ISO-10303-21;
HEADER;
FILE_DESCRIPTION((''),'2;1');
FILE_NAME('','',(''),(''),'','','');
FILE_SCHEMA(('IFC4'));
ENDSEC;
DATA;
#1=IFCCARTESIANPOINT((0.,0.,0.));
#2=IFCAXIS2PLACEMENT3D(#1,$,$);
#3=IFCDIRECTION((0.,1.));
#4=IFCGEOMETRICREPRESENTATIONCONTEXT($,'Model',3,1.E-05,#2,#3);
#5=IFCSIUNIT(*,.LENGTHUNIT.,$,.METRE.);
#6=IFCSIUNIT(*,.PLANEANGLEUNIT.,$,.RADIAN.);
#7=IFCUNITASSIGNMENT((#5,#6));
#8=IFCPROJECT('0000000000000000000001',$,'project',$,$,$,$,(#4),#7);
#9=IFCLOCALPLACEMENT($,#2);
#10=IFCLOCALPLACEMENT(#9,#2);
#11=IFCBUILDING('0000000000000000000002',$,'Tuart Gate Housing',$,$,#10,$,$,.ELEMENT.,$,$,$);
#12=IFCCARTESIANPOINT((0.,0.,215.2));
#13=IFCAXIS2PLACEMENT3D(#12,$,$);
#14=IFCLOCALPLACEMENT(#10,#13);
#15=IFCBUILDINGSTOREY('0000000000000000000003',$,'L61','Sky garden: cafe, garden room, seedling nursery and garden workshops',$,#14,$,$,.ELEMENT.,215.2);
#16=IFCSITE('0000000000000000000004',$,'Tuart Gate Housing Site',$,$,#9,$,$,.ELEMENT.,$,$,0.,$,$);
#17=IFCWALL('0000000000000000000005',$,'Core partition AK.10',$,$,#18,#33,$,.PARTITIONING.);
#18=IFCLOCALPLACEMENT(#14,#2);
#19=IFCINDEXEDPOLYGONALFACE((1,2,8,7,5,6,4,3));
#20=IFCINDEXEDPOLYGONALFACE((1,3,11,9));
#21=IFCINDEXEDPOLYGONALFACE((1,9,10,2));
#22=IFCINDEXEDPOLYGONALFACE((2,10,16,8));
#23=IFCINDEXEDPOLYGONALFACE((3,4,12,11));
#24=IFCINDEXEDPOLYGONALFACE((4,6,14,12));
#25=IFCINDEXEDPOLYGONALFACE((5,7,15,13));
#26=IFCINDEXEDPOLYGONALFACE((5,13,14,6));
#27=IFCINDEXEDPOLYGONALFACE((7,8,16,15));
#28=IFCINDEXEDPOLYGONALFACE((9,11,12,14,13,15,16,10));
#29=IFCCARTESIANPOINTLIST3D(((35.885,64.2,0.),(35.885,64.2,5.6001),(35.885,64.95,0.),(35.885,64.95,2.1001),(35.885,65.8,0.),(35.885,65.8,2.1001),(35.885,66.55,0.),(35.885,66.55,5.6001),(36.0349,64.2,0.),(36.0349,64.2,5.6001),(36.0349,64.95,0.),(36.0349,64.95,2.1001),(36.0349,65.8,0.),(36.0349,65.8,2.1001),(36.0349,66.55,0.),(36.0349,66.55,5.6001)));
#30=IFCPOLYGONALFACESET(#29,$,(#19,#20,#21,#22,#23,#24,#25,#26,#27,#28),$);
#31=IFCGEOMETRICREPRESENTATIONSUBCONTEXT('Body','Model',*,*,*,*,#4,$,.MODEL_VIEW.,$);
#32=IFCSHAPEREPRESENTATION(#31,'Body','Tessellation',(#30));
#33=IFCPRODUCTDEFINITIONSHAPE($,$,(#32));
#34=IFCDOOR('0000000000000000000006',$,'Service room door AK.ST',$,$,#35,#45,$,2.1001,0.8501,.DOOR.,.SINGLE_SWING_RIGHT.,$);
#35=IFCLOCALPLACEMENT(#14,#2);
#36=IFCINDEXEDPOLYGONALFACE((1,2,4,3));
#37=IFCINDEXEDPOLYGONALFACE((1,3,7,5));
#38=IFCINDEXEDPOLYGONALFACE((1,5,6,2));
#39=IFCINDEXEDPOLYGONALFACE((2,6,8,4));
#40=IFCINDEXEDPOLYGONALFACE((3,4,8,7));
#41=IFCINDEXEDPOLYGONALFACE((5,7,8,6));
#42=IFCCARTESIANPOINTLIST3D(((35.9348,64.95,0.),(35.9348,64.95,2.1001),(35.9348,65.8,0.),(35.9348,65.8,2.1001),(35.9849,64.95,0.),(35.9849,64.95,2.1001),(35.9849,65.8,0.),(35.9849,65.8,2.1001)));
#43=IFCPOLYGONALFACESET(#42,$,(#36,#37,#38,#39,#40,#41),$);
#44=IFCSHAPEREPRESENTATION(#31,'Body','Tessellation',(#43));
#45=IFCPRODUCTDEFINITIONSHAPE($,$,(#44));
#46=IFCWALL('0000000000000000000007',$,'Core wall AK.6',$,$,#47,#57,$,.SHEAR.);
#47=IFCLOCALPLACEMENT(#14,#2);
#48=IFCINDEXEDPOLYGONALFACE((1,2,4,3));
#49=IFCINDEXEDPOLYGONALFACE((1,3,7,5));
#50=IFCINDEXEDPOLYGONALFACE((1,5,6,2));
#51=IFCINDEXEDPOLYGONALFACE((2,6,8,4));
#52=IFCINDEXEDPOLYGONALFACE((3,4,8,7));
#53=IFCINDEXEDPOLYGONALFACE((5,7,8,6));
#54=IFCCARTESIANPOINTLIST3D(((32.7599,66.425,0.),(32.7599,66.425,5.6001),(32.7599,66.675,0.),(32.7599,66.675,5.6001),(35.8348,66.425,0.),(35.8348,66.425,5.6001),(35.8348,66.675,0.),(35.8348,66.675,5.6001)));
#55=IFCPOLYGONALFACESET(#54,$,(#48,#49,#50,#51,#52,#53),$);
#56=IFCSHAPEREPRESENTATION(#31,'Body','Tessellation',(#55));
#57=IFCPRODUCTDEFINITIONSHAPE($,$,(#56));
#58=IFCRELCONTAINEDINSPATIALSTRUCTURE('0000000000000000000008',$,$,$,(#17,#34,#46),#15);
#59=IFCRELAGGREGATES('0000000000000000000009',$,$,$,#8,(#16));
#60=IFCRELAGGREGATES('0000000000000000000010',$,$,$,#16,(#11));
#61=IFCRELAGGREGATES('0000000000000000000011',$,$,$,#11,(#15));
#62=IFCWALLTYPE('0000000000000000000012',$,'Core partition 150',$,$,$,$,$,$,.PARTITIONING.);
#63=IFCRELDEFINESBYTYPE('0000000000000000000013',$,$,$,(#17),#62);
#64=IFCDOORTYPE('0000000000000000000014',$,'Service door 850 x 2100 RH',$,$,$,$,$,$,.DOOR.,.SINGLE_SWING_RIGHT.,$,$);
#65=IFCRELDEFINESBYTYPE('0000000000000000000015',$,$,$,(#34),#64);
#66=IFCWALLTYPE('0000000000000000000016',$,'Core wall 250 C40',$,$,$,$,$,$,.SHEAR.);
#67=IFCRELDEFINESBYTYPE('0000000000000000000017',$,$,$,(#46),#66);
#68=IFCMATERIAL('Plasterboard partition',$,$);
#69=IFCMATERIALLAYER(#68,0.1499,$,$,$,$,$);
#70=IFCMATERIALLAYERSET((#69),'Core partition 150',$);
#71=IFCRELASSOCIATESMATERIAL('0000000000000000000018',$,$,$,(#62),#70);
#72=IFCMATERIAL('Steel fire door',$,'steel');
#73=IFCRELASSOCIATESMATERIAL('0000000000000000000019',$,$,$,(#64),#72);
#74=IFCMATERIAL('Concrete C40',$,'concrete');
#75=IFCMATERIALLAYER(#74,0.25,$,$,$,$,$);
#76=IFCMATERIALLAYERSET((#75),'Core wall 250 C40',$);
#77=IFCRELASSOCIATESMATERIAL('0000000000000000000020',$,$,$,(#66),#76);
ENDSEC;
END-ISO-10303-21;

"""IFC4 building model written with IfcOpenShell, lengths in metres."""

from ifc_helpers import new_model, si_unit, direction, frame, frame_2d, origin, place, context, subcontext, project, spatial, rectangle, extrude, material, layer, layer_set, type_object, element, fill, save


model = new_model("IFC4")

# Units and contexts
model_context = context("Model", 3, precision=1e-05, world=origin(), true_north=direction((0.0, 1.0)))
body_context = subcontext(model_context, "Body", "Model", "MODEL_VIEW")
ifc_project = project(units=[si_unit("LENGTHUNIT", "METRE"), si_unit("PLANEANGLEUNIT", "RADIAN")], contexts=[model_context])

# Site, building, storey
site_placement = place(None, origin())
site = spatial("IfcSite", under=ifc_project, at=site_placement, Name="Tuart Gate Housing Site", CompositionType="ELEMENT", RefElevation=0.0)
building_placement = place(site_placement, origin())
building = spatial("IfcBuilding", under=site, at=building_placement, Name="Tuart Gate Housing", CompositionType="ELEMENT")
storey_placement = place(building_placement, frame((0.0, 0.0, 215.2)))
storey = spatial("IfcBuildingStorey", under=building, at=storey_placement, Name="L61", Description="Sky garden: cafe, garden room, seedling nursery and garden workshops", CompositionType="ELEMENT", Elevation=215.2)

# Wall, opening, door
ifc_material_1 = material(Name="Plasterboard partition")
ifc_layer_1 = layer(ifc_material_1, 0.1499)
ifc_layer_set_1 = layer_set([ifc_layer_1], Name="Core partition 150")
wall_type_1 = type_object("IfcWallType", Name="Core partition 150", PredefinedType="PARTITIONING", material=ifc_layer_set_1)
wall_1_placement = place(storey_placement, frame((35.96, 66.55, 0.0), z_axis=(0.0, 0.0, 1.0), x_axis=(0.0, -1.0, 0.0)))
wall_1 = element("IfcWall", 1, at=wall_1_placement, inside=storey, type_object=wall_type_1, Name="Core partition AK.10", PredefinedType="PARTITIONING", context=body_context, shape_type="SweptSolid", body=[
    extrude(rectangle(XDim=2.3501, YDim=0.1499, at=frame_2d((1.175, 0.0))), origin(), (0.0, 0.0, 1.0), 5.6001),
])
opening_1_placement = place(wall_1_placement, frame((0.75, 0.0, 0.0)))
opening_1 = element("IfcOpeningElement", 2, at=opening_1_placement, cuts=wall_1, PredefinedType="OPENING", context=body_context, shape_type="SweptSolid", body=[
    extrude(rectangle(XDim=0.8501, YDim=2.1001, at=frame_2d((0.425, 1.05))), frame((0.0, 0.085, 0.0), z_axis=(0.0, -1.0, 0.0), x_axis=(1.0, 0.0, 0.0)), (0.0, 0.0, 1.0), 0.1699),
])
ifc_material_2 = material(Name="Steel fire door", Category="steel")
door_type = type_object("IfcDoorType", Name="Service door 850 x 2100 RH", OperationType="SINGLE_SWING_RIGHT", PredefinedType="DOOR", material=ifc_material_2)
door_placement = place(opening_1_placement, frame((0.8501, 0.0, 0.0), z_axis=(0.0, 0.0, 1.0), x_axis=(-1.0, 0.0, 0.0)))
door = element("IfcDoor", 3, at=door_placement, inside=storey, type_object=door_type, Name="Service room door AK.ST", OperationType="SINGLE_SWING_RIGHT", OverallHeight=2.1001, OverallWidth=0.8501, PredefinedType="DOOR", context=body_context, shape_type="SweptSolid", body=[
    extrude(rectangle(XDim=0.8501, YDim=2.1001, at=frame_2d((0.425, 1.05))), frame((0.0, 0.0251, 0.0), z_axis=(0.0, -1.0, 0.0), x_axis=(1.0, 0.0, 0.0)), (0.0, 0.0, 1.0), 0.05),
])
fill(opening_1, door)

# Wall
ifc_material_3 = material(Name="Concrete C40", Category="concrete")
ifc_layer_2 = layer(ifc_material_3, 0.25)
ifc_layer_set_2 = layer_set([ifc_layer_2], Name="Core wall 250 C40")
wall_type_2 = type_object("IfcWallType", Name="Core wall 250 C40", PredefinedType="SHEAR", material=ifc_layer_set_2)
wall_2_placement = place(storey_placement, frame((35.835, 66.55, 0.0), z_axis=(0.0, 0.0, 1.0), x_axis=(-1.0, 0.0, 0.0)))
element("IfcWall", 4, at=wall_2_placement, inside=storey, type_object=wall_type_2, Name="Core wall AK.6", PredefinedType="SHEAR", context=body_context, shape_type="SweptSolid", body=[
    extrude(rectangle(XDim=3.075, YDim=0.25, at=frame_2d((1.5376, 0.0))), origin(), (0.0, 0.0, 1.0), 5.6001),
])

save(model, "model.ifc")
